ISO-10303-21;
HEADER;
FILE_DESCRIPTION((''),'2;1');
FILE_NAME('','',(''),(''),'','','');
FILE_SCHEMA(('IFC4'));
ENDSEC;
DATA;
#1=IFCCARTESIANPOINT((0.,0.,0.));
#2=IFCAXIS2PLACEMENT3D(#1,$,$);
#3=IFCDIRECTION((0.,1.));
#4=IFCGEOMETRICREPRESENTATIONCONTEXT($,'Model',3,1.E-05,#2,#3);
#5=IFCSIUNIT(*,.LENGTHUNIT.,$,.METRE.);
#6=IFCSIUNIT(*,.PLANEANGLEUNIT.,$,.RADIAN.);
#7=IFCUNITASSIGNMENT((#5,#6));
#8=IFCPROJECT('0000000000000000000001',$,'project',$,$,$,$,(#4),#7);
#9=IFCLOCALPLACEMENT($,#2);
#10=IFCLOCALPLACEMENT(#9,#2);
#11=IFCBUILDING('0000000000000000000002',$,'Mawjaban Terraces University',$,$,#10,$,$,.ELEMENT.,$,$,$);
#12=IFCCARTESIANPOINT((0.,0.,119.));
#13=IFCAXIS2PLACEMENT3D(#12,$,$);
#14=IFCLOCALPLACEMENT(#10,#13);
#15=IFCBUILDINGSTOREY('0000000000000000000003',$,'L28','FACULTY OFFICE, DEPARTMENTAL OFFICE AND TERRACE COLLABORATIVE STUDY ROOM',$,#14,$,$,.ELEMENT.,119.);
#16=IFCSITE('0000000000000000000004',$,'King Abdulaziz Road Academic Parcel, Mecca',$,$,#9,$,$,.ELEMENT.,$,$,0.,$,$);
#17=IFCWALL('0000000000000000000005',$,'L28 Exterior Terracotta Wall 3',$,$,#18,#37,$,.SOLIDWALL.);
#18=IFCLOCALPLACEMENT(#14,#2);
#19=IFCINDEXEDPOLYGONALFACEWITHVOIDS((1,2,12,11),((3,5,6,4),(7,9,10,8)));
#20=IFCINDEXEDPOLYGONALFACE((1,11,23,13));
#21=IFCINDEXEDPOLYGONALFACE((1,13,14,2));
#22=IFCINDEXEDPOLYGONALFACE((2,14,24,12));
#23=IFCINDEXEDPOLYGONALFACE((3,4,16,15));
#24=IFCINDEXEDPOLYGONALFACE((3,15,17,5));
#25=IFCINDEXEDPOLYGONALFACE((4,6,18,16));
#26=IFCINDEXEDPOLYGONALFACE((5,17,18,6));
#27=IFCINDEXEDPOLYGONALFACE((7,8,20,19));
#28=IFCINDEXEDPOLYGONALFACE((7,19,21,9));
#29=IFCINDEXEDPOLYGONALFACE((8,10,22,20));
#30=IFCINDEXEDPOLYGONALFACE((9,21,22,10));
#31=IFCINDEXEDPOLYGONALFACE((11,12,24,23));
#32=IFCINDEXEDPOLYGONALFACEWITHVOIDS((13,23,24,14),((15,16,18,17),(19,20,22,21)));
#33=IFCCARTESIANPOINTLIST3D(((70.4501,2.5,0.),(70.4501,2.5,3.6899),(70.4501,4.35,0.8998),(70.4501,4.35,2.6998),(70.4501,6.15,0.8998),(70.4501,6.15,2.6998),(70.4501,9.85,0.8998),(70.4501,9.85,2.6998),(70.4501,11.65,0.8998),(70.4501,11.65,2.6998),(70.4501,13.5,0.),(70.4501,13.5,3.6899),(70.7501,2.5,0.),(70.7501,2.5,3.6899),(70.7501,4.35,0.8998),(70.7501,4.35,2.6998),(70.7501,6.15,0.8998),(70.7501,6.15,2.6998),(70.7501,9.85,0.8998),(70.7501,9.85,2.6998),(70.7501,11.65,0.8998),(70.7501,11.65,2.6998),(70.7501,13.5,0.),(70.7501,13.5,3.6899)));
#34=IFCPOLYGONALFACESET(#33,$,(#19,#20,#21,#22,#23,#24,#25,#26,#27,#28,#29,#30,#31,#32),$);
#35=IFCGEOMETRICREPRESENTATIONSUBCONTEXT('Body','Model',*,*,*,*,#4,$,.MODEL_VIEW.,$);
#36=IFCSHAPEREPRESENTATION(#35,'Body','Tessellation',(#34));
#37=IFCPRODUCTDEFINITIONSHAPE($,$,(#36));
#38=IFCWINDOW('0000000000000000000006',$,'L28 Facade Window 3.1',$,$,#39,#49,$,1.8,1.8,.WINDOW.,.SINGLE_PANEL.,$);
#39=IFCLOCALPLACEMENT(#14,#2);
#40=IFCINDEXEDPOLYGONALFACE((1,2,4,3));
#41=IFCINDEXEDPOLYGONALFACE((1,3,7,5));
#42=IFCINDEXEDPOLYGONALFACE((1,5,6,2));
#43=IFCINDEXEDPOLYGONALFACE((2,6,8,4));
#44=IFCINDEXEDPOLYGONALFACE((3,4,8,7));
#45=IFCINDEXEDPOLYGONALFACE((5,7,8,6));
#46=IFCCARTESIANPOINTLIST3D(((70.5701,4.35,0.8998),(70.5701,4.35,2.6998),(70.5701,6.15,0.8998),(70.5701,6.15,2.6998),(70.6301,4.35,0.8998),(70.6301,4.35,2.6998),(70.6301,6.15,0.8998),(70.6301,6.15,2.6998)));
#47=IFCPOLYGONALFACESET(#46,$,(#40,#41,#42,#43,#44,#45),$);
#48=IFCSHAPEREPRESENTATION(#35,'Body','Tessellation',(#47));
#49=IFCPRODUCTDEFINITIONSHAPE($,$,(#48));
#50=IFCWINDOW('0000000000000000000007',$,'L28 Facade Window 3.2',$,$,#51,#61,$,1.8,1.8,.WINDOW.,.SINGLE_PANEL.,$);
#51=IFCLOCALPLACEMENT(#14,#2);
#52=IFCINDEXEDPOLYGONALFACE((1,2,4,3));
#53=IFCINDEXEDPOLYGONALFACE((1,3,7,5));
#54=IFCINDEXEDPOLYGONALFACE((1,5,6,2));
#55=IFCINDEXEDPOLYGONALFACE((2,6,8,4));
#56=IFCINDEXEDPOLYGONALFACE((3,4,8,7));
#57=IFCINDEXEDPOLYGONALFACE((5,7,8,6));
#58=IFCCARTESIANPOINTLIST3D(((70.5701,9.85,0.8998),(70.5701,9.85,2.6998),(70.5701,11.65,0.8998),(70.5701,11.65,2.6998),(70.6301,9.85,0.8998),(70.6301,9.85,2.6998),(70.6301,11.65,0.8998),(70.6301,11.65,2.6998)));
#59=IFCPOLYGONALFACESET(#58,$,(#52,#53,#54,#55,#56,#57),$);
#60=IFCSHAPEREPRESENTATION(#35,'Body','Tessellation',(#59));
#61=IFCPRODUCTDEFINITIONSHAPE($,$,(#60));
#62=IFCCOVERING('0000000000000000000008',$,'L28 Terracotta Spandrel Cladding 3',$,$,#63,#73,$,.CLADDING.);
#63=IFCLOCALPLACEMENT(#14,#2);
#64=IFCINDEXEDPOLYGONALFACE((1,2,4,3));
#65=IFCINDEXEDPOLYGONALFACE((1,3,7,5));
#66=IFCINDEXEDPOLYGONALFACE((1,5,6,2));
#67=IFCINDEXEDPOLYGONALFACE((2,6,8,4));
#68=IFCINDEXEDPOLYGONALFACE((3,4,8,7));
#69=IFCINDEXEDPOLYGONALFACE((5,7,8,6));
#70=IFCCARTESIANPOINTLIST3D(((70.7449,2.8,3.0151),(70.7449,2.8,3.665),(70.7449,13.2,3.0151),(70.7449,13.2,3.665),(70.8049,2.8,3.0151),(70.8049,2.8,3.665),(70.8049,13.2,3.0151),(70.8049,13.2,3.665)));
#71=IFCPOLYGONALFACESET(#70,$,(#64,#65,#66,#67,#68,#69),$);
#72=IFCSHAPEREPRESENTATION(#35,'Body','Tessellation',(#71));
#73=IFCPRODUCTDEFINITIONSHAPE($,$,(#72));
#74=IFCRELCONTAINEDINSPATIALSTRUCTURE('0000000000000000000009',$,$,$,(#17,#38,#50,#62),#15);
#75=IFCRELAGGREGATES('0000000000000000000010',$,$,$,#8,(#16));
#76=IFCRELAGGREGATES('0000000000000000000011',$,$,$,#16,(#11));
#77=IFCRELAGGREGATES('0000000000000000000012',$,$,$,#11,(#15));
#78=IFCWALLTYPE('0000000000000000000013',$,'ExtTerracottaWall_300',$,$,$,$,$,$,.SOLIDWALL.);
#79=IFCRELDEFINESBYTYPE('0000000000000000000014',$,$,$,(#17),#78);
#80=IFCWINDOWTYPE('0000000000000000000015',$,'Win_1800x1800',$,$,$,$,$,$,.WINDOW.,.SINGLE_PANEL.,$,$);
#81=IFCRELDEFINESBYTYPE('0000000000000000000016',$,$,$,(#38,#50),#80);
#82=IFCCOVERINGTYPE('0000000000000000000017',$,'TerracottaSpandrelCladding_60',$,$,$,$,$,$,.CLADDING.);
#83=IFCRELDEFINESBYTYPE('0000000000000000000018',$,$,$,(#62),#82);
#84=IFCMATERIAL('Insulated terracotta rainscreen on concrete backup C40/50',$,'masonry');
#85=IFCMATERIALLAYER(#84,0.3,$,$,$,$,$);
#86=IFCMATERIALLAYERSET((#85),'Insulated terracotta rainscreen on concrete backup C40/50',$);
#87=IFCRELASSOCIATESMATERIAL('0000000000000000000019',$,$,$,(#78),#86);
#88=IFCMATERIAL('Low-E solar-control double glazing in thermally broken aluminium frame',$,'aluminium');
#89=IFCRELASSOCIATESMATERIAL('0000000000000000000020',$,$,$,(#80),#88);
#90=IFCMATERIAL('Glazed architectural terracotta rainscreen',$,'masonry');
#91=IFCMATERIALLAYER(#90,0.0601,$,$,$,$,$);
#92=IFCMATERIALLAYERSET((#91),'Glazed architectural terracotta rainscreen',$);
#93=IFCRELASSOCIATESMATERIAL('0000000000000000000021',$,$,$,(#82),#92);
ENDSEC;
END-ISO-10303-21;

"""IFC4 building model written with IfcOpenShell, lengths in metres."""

from ifc_helpers import new_model, si_unit, direction, frame, frame_2d, origin, origin_2d, place, context, subcontext, project, spatial, rectangle, extrude, material, layer, layer_set, type_object, element, fill, save


model = new_model("IFC4")

# Units and contexts
model_context = context("Model", 3, precision=1e-05, world=origin(), true_north=direction((0.0, 1.0)))
body_context = subcontext(model_context, "Body", "Model", "MODEL_VIEW")
ifc_project = project(units=[si_unit("LENGTHUNIT", "METRE"), si_unit("PLANEANGLEUNIT", "RADIAN")], contexts=[model_context])

# Site, building, storey
site_placement = place(None, origin())
site = spatial("IfcSite", under=ifc_project, at=site_placement, Name="King Abdulaziz Road Academic Parcel, Mecca", CompositionType="ELEMENT", RefElevation=0.0)
building_placement = place(site_placement, origin())
building = spatial("IfcBuilding", under=site, at=building_placement, Name="Mawjaban Terraces University", CompositionType="ELEMENT")
storey_placement = place(building_placement, frame((0.0, 0.0, 119.0)))
storey = spatial("IfcBuildingStorey", under=building, at=storey_placement, Name="L28", Description="FACULTY OFFICE, DEPARTMENTAL OFFICE AND TERRACE COLLABORATIVE STUDY ROOM", CompositionType="ELEMENT", Elevation=119.0)

# Shared definitions
ifc_material_1 = material(Name="Insulated terracotta rainscreen on concrete backup C40/50", Category="masonry")
ifc_layer_1 = layer(ifc_material_1, 0.3)
ifc_layer_set_1 = layer_set([ifc_layer_1], Name="Insulated terracotta rainscreen on concrete backup C40/50")
wall_type_1 = type_object("IfcWallType", Name="ExtTerracottaWall_300", PredefinedType="SOLIDWALL", material=ifc_layer_set_1)

# Wall, openings, windows
wall_1_placement = place(storey_placement, frame((70.6001, 2.5, 0.0), z_axis=(0.0, 0.0, 1.0), x_axis=(0.0, 1.0, 0.0)))
wall_1 = element("IfcWall", 1, at=wall_1_placement, inside=storey, type_object=wall_type_1, Name="L28 Exterior Terracotta Wall 3", PredefinedType="SOLIDWALL", context=body_context, shape_type="SweptSolid", body=[
    extrude(rectangle(XDim=11.0, YDim=0.3, at=frame_2d((5.5, 0.0))), origin(), (0.0, 0.0, 1.0), 3.6899),
])
opening_1_placement = place(wall_1_placement, frame((1.8501, 0.0, 0.8999)))
opening_1 = element("IfcOpeningElement", 2, at=opening_1_placement, cuts=wall_1, PredefinedType="OPENING", context=body_context, shape_type="SweptSolid", body=[
    extrude(rectangle(XDim=1.8, YDim=1.8, at=frame_2d((0.8999, 0.8999))), frame((0.0, 0.1599, 0.0), z_axis=(0.0, -1.0, 0.0), x_axis=(1.0, 0.0, 0.0)), (0.0, 0.0, 1.0), 0.3201),
])
opening_2_placement = place(wall_1_placement, frame((7.3501, 0.0, 0.8999)))
opening_2 = element("IfcOpeningElement", 3, at=opening_2_placement, cuts=wall_1, PredefinedType="OPENING", context=body_context, shape_type="SweptSolid", body=[
    extrude(rectangle(XDim=1.8, YDim=1.8, at=frame_2d((0.8999, 0.8999))), frame((0.0, 0.1599, 0.0), z_axis=(0.0, -1.0, 0.0), x_axis=(1.0, 0.0, 0.0)), (0.0, 0.0, 1.0), 0.3201),
])
ifc_material_2 = material(Name="Low-E solar-control double glazing in thermally broken aluminium frame", Category="aluminium")
window_type = type_object("IfcWindowType", Name="Win_1800x1800", PartitioningType="SINGLE_PANEL", PredefinedType="WINDOW", material=ifc_material_2)
window_1_placement = place(opening_1_placement, origin())
window_1 = element("IfcWindow", 4, at=window_1_placement, inside=storey, type_object=window_type, Name="L28 Facade Window 3.1", OverallHeight=1.8, OverallWidth=1.8, PartitioningType="SINGLE_PANEL", PredefinedType="WINDOW", context=body_context, shape_type="SweptSolid", body=[
    extrude(rectangle(XDim=1.8, YDim=1.8, at=frame_2d((0.8999, 0.8999))), frame((0.0, 0.03, 0.0), z_axis=(0.0, -1.0, 0.0), x_axis=(1.0, 0.0, 0.0)), (0.0, 0.0, 1.0), 0.0601),
])
fill(opening_1, window_1)
window_2_placement = place(opening_2_placement, origin())
window_2 = element("IfcWindow", 5, at=window_2_placement, inside=storey, type_object=window_type, Name="L28 Facade Window 3.2", OverallHeight=1.8, OverallWidth=1.8, PartitioningType="SINGLE_PANEL", PredefinedType="WINDOW", context=body_context, shape_type="SweptSolid", body=[
    extrude(rectangle(XDim=1.8, YDim=1.8, at=frame_2d((0.8999, 0.8999))), frame((0.0, 0.03, 0.0), z_axis=(0.0, -1.0, 0.0), x_axis=(1.0, 0.0, 0.0)), (0.0, 0.0, 1.0), 0.0601),
])
fill(opening_2, window_2)

# Covering
ifc_material_3 = material(Name="Glazed architectural terracotta rainscreen", Category="masonry")
ifc_layer_2 = layer(ifc_material_3, 0.0601)
ifc_layer_set_2 = layer_set([ifc_layer_2], Name="Glazed architectural terracotta rainscreen")
covering_type = type_object("IfcCoveringType", Name="TerracottaSpandrelCladding_60", PredefinedType="CLADDING", material=ifc_layer_set_2)
covering_placement = place(storey_placement, frame((70.7749, 8.0, 3.0151), z_axis=(0.0, 0.0, 1.0), x_axis=(0.0, 1.0, 0.0)))
element("IfcCovering", 6, at=covering_placement, inside=storey, type_object=covering_type, Name="L28 Terracotta Spandrel Cladding 3", PredefinedType="CLADDING", context=body_context, shape_type="SweptSolid", body=[
    extrude(rectangle(XDim=10.3999, YDim=0.0601, at=origin_2d()), origin(), (0.0, 0.0, 1.0), 0.6499),
])

save(model, "model.ifc")
